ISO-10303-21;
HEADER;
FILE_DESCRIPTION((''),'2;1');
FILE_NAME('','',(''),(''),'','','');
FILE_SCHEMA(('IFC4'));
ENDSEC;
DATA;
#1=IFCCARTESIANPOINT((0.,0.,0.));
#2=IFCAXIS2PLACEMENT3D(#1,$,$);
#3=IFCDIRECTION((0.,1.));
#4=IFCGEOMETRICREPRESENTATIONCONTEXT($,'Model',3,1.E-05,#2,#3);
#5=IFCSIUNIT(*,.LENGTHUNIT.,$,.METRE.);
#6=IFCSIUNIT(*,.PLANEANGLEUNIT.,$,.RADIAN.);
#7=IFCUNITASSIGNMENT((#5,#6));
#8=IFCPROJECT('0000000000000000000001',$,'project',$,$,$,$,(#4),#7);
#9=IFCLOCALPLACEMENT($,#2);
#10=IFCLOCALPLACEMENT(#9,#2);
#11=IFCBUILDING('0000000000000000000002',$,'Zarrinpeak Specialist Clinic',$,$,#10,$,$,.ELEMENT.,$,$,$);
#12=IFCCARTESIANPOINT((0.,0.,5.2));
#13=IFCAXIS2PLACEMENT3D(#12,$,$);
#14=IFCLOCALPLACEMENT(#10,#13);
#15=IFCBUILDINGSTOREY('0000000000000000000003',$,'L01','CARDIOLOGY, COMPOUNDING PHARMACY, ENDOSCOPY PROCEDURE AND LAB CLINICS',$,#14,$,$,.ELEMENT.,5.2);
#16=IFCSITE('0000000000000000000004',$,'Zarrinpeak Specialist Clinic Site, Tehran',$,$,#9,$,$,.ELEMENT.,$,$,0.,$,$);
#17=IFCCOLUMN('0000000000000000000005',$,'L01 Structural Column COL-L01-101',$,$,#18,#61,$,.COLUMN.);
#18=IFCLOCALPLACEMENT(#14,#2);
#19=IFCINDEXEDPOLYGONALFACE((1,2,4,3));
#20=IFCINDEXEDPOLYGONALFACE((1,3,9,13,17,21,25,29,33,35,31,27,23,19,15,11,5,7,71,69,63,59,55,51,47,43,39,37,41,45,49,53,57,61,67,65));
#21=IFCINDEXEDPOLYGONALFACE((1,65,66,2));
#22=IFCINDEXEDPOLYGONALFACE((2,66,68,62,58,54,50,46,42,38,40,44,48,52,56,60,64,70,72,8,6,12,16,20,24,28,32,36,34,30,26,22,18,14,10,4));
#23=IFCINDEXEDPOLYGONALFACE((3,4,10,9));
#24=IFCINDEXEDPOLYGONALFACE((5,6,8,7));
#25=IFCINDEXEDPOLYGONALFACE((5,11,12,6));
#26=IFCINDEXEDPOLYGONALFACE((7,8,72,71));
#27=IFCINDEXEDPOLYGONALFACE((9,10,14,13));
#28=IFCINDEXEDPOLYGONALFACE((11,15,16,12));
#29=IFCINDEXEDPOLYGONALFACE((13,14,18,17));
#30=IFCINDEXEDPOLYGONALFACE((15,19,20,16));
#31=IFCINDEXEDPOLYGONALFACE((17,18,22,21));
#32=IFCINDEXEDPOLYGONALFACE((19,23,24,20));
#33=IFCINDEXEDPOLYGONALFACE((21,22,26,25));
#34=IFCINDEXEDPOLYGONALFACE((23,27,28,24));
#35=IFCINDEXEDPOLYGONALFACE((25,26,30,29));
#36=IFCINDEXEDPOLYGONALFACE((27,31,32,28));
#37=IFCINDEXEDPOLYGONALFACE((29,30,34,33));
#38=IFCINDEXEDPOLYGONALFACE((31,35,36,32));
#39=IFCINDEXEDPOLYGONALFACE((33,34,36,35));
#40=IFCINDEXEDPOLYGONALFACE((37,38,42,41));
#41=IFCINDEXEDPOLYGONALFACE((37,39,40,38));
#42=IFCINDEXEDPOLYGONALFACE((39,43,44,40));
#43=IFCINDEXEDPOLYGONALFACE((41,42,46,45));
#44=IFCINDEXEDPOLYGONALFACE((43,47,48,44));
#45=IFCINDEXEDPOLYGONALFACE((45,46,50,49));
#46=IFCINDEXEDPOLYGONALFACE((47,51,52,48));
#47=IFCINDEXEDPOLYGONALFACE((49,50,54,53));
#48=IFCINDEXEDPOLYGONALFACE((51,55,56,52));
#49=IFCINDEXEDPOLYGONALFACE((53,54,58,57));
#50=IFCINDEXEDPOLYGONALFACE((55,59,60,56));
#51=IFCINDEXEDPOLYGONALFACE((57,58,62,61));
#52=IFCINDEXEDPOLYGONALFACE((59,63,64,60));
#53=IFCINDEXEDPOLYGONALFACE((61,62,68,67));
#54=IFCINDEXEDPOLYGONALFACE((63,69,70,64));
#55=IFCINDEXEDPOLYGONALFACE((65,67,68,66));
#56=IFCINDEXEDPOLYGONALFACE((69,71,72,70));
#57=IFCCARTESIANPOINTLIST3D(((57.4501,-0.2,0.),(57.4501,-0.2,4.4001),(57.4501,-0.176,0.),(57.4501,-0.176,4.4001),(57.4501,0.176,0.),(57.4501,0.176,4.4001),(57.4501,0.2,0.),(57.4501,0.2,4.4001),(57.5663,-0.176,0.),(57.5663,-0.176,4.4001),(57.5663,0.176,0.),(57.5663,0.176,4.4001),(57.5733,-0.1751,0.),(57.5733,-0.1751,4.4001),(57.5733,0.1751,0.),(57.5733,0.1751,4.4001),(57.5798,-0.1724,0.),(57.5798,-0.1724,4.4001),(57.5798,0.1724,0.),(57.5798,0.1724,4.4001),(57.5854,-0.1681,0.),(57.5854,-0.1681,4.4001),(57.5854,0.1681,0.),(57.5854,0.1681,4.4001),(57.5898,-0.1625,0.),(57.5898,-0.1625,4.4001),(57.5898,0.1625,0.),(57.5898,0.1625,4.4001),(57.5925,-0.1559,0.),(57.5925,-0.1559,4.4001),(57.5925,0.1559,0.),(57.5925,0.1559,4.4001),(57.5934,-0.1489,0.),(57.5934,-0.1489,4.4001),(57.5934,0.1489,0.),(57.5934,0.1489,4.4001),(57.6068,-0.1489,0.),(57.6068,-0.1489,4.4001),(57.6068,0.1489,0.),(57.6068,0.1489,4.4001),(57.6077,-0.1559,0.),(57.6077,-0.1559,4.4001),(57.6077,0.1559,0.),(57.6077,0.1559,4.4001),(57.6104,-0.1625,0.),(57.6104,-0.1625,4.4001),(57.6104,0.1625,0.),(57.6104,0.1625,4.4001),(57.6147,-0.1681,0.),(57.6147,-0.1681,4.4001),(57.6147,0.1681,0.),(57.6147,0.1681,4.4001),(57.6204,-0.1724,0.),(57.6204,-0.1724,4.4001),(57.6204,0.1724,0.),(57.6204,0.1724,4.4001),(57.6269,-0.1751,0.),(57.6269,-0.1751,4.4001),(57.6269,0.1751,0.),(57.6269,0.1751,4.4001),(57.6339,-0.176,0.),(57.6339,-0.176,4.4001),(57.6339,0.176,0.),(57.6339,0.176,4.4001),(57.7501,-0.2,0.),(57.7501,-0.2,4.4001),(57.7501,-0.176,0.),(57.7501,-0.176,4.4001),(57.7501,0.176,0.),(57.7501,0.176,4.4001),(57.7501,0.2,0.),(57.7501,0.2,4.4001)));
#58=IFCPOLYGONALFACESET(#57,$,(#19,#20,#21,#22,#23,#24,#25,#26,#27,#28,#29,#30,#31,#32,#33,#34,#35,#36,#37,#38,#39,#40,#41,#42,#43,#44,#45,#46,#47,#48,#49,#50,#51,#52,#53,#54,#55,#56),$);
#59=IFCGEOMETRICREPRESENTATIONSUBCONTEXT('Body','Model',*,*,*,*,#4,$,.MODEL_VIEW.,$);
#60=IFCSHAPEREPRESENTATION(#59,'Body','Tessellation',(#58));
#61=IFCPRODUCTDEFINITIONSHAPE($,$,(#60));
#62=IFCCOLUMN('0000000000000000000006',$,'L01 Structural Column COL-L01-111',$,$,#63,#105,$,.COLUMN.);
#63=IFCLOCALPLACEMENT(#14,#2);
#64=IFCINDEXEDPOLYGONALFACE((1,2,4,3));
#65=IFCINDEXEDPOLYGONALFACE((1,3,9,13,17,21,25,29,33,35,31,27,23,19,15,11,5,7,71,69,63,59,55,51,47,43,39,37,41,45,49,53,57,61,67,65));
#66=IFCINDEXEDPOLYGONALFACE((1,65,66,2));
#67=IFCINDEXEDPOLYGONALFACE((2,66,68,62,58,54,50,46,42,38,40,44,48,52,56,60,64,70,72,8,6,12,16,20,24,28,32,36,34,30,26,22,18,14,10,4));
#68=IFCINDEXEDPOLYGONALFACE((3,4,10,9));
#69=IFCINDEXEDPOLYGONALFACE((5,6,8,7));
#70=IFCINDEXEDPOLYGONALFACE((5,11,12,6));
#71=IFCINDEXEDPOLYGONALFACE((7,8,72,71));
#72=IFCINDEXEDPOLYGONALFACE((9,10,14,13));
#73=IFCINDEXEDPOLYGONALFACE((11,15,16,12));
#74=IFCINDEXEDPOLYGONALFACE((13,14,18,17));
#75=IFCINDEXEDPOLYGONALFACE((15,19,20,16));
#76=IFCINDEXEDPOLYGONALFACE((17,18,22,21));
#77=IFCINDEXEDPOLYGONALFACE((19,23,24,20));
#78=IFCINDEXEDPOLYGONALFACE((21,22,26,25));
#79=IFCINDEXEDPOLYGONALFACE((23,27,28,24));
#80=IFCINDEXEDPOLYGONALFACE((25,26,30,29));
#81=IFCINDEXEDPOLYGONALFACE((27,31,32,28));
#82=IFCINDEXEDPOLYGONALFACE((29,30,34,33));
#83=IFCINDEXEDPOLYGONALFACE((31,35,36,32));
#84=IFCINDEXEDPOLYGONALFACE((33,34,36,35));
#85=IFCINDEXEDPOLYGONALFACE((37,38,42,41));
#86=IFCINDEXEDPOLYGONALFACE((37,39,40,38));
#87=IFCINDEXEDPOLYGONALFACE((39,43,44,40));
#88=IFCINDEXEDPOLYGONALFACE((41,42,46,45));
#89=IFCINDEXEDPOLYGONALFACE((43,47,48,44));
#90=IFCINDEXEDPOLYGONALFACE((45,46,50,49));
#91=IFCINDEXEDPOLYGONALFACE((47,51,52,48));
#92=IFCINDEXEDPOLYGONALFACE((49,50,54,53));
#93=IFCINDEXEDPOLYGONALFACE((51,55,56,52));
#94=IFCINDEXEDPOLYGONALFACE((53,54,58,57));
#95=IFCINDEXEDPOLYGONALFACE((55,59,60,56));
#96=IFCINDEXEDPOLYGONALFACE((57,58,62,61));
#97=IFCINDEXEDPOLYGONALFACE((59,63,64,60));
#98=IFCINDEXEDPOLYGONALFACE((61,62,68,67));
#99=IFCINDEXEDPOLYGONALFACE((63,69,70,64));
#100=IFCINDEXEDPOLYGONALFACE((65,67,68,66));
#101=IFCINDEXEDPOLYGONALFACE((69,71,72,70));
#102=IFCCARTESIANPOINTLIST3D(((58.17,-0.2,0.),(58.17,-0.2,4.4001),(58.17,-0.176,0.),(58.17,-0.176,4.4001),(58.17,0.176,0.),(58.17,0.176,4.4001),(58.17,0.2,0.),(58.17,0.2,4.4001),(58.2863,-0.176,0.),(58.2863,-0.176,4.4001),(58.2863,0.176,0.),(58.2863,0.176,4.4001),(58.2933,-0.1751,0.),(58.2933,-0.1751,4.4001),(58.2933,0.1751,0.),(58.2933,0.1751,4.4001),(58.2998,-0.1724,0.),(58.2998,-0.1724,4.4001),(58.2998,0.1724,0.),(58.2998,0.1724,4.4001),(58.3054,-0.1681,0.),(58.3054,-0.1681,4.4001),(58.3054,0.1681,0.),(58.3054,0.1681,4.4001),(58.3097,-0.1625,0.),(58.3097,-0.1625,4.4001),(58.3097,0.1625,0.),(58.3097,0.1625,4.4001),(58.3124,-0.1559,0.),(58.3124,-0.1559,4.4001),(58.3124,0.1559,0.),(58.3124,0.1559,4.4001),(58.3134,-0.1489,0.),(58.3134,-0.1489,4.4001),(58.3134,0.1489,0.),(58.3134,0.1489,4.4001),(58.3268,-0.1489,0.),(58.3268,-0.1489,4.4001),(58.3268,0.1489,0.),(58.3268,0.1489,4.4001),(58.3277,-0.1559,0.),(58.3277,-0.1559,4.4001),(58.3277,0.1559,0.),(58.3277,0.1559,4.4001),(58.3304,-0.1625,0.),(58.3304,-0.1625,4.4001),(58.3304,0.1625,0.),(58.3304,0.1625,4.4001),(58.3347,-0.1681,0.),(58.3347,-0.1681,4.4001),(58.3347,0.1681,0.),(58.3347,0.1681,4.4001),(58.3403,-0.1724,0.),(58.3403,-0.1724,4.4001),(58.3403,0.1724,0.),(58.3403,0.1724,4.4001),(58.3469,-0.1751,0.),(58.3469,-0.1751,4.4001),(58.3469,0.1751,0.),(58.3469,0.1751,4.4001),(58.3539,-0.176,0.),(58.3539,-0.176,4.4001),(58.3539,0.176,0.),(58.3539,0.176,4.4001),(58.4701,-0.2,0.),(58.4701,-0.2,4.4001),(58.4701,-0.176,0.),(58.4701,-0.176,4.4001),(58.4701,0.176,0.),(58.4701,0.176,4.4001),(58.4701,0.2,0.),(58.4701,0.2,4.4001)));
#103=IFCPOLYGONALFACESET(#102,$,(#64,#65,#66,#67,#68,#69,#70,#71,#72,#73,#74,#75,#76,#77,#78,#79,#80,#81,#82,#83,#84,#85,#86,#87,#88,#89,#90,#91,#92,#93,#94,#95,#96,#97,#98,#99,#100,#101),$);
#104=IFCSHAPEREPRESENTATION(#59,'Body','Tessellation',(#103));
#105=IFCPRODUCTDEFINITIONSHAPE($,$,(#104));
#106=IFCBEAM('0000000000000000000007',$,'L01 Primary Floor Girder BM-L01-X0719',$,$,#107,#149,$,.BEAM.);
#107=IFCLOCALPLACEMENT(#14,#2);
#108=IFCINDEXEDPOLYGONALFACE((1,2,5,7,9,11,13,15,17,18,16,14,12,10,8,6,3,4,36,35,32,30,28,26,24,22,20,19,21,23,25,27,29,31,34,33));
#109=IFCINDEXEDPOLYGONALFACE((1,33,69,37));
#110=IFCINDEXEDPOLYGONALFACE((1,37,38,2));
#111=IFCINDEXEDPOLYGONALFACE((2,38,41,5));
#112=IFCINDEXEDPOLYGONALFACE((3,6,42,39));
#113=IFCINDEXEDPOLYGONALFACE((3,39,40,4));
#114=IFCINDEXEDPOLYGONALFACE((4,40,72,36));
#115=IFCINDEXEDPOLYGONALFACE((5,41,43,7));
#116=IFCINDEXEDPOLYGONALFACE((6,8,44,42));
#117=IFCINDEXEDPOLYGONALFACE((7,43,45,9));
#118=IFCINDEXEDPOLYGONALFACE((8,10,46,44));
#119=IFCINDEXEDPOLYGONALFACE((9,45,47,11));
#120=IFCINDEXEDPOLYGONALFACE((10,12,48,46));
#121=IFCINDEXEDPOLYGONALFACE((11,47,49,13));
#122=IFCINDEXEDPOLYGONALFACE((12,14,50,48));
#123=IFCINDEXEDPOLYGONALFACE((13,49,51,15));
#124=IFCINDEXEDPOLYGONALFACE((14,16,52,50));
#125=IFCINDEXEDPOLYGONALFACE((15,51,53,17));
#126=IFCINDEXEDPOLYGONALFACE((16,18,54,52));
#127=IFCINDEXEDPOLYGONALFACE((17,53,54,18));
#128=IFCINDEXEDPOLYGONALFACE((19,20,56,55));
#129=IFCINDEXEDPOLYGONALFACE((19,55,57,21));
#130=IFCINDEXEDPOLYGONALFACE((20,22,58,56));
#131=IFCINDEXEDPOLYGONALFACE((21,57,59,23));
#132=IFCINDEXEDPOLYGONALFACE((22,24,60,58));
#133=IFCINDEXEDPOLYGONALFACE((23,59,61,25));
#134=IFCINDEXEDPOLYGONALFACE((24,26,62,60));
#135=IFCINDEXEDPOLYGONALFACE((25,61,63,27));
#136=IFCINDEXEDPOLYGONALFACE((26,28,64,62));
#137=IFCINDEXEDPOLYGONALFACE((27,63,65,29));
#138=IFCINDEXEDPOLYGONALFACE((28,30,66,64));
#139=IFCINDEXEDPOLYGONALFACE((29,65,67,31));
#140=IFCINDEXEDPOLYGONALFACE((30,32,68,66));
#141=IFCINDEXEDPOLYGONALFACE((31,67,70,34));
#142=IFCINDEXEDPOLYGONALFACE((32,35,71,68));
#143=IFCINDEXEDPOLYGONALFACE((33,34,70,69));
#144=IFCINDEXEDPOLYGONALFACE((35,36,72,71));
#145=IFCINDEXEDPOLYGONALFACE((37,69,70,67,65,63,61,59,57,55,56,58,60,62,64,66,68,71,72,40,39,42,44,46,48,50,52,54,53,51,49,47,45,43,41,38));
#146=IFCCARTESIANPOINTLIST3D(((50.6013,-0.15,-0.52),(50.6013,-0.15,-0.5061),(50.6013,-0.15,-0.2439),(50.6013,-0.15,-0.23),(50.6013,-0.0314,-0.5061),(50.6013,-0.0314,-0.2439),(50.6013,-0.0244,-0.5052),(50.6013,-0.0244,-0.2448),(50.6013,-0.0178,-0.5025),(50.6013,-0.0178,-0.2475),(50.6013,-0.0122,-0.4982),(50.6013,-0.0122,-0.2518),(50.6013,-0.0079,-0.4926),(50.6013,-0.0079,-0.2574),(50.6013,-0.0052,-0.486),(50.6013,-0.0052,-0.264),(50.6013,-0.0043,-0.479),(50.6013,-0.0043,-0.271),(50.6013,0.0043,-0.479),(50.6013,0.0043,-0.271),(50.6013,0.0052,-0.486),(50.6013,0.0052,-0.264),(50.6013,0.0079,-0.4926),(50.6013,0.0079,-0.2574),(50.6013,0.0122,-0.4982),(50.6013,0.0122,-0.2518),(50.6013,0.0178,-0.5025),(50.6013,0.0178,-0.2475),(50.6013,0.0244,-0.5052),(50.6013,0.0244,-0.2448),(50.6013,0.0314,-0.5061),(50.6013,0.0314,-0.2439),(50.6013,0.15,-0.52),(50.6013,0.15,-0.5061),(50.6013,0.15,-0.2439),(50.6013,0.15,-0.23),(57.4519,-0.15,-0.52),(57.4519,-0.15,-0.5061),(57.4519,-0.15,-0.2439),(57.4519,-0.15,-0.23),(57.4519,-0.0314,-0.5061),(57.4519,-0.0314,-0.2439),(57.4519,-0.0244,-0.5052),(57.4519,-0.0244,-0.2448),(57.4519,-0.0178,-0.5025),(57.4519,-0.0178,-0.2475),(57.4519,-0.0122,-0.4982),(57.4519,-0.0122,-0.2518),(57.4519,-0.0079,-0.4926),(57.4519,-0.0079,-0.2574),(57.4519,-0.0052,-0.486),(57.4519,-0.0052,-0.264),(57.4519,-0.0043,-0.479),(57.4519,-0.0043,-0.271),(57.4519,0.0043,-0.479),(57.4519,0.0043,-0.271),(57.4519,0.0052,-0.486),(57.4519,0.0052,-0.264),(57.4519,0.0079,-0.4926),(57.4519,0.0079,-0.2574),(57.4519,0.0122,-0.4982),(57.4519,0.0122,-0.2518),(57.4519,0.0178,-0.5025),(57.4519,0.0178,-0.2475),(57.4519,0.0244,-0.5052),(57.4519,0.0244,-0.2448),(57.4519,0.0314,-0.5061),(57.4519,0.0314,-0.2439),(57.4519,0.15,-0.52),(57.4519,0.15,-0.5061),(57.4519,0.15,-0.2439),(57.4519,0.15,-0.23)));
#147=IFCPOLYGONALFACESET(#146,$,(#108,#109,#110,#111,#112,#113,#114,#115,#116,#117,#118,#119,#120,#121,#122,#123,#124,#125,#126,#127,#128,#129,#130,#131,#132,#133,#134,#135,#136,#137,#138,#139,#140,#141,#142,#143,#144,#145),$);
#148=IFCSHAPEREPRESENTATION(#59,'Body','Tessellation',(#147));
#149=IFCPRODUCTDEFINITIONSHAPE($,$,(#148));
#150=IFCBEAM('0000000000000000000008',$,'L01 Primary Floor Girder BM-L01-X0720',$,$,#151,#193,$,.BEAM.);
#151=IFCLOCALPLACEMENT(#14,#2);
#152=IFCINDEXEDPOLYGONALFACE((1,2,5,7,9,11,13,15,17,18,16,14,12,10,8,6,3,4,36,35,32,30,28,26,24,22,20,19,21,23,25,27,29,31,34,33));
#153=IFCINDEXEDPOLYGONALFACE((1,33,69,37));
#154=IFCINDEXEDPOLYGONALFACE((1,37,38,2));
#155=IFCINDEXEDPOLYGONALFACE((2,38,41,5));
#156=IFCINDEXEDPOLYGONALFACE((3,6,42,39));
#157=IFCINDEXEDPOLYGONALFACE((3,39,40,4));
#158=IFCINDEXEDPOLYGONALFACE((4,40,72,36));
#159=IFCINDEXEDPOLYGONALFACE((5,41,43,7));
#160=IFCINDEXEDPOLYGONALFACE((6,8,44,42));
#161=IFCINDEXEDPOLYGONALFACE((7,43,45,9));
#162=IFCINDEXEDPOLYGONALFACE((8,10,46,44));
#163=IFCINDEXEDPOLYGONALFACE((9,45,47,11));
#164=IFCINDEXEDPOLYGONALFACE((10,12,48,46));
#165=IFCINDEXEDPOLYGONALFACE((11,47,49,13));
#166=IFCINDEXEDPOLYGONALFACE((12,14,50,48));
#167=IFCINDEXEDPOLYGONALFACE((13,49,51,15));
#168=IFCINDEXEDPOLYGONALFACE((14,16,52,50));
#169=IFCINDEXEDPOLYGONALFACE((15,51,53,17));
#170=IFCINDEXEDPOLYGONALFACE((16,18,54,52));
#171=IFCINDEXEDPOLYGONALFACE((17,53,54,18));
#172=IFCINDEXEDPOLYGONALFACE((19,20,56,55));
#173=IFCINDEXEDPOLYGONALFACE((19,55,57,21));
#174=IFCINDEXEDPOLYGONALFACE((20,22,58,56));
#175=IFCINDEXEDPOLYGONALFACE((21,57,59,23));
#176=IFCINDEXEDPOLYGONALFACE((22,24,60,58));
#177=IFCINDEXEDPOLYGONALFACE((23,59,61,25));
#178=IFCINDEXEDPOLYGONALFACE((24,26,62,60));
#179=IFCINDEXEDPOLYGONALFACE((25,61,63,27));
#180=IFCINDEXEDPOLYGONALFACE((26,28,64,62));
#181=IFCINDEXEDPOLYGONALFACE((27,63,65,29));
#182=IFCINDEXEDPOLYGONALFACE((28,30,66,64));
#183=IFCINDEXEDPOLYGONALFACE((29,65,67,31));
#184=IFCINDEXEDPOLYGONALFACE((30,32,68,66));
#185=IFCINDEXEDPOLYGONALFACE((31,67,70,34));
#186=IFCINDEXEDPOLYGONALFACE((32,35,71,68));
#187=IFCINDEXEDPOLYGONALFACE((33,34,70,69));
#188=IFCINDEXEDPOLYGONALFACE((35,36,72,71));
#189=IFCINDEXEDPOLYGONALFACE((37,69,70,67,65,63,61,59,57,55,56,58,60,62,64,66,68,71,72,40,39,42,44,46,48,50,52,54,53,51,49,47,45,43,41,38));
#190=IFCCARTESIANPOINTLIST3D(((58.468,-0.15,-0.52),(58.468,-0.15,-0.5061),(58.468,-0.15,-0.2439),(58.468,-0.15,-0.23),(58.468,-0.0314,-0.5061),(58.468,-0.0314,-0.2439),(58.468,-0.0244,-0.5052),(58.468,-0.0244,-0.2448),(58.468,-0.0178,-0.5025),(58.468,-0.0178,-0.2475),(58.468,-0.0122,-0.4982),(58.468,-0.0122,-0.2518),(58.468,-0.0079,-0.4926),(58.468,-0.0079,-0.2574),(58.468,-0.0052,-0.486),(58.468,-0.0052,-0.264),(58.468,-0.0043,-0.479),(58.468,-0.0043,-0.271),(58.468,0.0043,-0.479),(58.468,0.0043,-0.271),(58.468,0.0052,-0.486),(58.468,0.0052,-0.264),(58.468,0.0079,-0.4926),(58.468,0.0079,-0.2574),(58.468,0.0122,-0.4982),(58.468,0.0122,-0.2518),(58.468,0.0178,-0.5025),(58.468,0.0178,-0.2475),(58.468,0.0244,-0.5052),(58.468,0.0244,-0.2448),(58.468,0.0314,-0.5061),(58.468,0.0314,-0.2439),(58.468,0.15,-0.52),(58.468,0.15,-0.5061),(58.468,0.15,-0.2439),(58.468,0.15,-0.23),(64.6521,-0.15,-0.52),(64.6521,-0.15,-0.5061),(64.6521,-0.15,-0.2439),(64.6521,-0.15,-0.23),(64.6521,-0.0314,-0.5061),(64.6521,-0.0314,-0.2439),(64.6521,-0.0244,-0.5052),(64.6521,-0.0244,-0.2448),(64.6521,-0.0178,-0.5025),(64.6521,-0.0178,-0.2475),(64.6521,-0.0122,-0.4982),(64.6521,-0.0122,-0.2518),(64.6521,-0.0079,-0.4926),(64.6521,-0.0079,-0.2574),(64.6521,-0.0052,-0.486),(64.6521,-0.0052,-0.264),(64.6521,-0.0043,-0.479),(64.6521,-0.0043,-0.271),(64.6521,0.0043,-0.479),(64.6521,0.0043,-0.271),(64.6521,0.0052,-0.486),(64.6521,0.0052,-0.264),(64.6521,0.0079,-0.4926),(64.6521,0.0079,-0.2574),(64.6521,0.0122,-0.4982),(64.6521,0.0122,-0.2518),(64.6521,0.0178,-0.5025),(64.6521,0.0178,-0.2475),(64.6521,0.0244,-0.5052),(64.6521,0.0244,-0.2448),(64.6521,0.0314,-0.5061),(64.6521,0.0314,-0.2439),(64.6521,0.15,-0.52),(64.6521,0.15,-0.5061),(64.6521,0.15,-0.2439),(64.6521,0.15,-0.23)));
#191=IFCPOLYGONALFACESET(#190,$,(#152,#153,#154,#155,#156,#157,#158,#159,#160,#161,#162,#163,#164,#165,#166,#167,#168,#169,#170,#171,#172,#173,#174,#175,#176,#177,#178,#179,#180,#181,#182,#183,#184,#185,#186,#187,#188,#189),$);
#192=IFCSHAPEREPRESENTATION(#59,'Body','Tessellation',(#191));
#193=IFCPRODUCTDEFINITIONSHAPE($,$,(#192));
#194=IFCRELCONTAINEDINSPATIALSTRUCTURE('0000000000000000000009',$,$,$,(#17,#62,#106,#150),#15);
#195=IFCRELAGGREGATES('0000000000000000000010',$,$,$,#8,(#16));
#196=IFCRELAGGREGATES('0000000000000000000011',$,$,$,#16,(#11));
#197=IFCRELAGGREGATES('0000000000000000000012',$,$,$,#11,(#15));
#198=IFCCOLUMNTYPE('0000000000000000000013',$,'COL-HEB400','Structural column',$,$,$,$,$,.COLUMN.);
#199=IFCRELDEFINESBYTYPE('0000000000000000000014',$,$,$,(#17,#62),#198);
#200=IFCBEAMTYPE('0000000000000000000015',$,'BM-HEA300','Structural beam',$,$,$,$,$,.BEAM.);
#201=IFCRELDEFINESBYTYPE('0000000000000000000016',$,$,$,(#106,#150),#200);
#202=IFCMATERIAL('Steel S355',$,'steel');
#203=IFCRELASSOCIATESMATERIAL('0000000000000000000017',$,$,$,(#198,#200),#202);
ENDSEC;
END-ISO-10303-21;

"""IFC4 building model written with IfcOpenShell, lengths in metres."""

from ifc_helpers import new_model, si_unit, direction, frame, origin, origin_2d, place, context, subcontext, project, spatial, i_section, extrude, material, material_profile, profile_set, type_object, element, save


model = new_model("IFC4")

# Units and contexts
model_context = context("Model", 3, precision=1e-05, world=origin(), true_north=direction((0.0, 1.0)))
body_context = subcontext(model_context, "Body", "Model", "MODEL_VIEW")
ifc_project = project(units=[si_unit("LENGTHUNIT", "METRE"), si_unit("PLANEANGLEUNIT", "RADIAN")], contexts=[model_context])

# Site, building, storey
site_placement = place(None, origin())
site = spatial("IfcSite", under=ifc_project, at=site_placement, Name="Zarrinpeak Specialist Clinic Site, Tehran", CompositionType="ELEMENT", RefElevation=0.0)
building_placement = place(site_placement, origin())
building = spatial("IfcBuilding", under=site, at=building_placement, Name="Zarrinpeak Specialist Clinic", CompositionType="ELEMENT")
storey_placement = place(building_placement, frame((0.0, 0.0, 5.2)))
storey = spatial("IfcBuildingStorey", under=building, at=storey_placement, Name="L01", Description="CARDIOLOGY, COMPOUNDING PHARMACY, ENDOSCOPY PROCEDURE AND LAB CLINICS", CompositionType="ELEMENT", Elevation=5.2)

# Columns
ifc_material_1 = material(Name="Steel S355", Category="steel")
ifc_material_profile_1 = material_profile(ifc_material_1, i_section(OverallWidth=0.3, OverallDepth=0.3999, WebThickness=0.0134, FlangeThickness=0.0239, FilletRadius=0.0271, at=origin_2d()), Name="HEB 400")
ifc_profile_set_1 = profile_set([ifc_material_profile_1], Name="Steel S355")
column_type = type_object("IfcColumnType", Name="COL-HEB400", Description="Structural column", PredefinedType="COLUMN", material=ifc_profile_set_1)
for number, where, z_axis, x_axis, name in (
    (1, (57.6001, 0.0, 0.0), (0.0, 0.0, 1.0), (1.0, 0.0, 0.0), "L01 Structural Column COL-L01-101"),
    (2, (58.3201, 0.0, 0.0), (0.0, 0.0, 1.0), (1.0, 0.0, 0.0), "L01 Structural Column COL-L01-111"),
):
    element("IfcColumn", number, at=place(storey_placement, frame(where, z_axis=z_axis, x_axis=x_axis)), inside=storey, type_object=column_type, Name=name, PredefinedType="COLUMN", context=body_context, shape_type="SweptSolid", body=[
        extrude(i_section(OverallWidth=0.3, OverallDepth=0.3999, WebThickness=0.0134, FlangeThickness=0.0239, FilletRadius=0.0271, at=origin_2d()), origin(), (0.0, 0.0, 1.0), 4.4001),
    ])

# Beams
ifc_material_profile_2 = material_profile(ifc_material_1, i_section(OverallWidth=0.3, OverallDepth=0.29, WebThickness=0.0085, FlangeThickness=0.0139, FilletRadius=0.0271, at=origin_2d()), Name="HEA 300")
ifc_profile_set_2 = profile_set([ifc_material_profile_2], Name="Steel S355")
beam_type = type_object("IfcBeamType", Name="BM-HEA300", Description="Structural beam", PredefinedType="BEAM", material=ifc_profile_set_2)
beam_1_placement = place(storey_placement, frame((50.6013, 0.0, -0.375), z_axis=(1.0, 0.0, 0.0), x_axis=(0.0, 1.0, 0.0)))
element("IfcBeam", 3, at=beam_1_placement, inside=storey, type_object=beam_type, Name="L01 Primary Floor Girder BM-L01-X0719", PredefinedType="BEAM", context=body_context, shape_type="SweptSolid", body=[
    extrude(i_section(OverallWidth=0.3, OverallDepth=0.29, WebThickness=0.0085, FlangeThickness=0.0139, FilletRadius=0.0271, at=origin_2d()), origin(), (0.0, 0.0, 1.0), 6.8506),
])
beam_2_placement = place(storey_placement, frame((58.468, 0.0, -0.375), z_axis=(1.0, 0.0, 0.0), x_axis=(0.0, 1.0, 0.0)))
element("IfcBeam", 4, at=beam_2_placement, inside=storey, type_object=beam_type, Name="L01 Primary Floor Girder BM-L01-X0720", PredefinedType="BEAM", context=body_context, shape_type="SweptSolid", body=[
    extrude(i_section(OverallWidth=0.3, OverallDepth=0.29, WebThickness=0.0085, FlangeThickness=0.0139, FilletRadius=0.0271, at=origin_2d()), origin(), (0.0, 0.0, 1.0), 6.1841),
])

save(model, "model.ifc")
